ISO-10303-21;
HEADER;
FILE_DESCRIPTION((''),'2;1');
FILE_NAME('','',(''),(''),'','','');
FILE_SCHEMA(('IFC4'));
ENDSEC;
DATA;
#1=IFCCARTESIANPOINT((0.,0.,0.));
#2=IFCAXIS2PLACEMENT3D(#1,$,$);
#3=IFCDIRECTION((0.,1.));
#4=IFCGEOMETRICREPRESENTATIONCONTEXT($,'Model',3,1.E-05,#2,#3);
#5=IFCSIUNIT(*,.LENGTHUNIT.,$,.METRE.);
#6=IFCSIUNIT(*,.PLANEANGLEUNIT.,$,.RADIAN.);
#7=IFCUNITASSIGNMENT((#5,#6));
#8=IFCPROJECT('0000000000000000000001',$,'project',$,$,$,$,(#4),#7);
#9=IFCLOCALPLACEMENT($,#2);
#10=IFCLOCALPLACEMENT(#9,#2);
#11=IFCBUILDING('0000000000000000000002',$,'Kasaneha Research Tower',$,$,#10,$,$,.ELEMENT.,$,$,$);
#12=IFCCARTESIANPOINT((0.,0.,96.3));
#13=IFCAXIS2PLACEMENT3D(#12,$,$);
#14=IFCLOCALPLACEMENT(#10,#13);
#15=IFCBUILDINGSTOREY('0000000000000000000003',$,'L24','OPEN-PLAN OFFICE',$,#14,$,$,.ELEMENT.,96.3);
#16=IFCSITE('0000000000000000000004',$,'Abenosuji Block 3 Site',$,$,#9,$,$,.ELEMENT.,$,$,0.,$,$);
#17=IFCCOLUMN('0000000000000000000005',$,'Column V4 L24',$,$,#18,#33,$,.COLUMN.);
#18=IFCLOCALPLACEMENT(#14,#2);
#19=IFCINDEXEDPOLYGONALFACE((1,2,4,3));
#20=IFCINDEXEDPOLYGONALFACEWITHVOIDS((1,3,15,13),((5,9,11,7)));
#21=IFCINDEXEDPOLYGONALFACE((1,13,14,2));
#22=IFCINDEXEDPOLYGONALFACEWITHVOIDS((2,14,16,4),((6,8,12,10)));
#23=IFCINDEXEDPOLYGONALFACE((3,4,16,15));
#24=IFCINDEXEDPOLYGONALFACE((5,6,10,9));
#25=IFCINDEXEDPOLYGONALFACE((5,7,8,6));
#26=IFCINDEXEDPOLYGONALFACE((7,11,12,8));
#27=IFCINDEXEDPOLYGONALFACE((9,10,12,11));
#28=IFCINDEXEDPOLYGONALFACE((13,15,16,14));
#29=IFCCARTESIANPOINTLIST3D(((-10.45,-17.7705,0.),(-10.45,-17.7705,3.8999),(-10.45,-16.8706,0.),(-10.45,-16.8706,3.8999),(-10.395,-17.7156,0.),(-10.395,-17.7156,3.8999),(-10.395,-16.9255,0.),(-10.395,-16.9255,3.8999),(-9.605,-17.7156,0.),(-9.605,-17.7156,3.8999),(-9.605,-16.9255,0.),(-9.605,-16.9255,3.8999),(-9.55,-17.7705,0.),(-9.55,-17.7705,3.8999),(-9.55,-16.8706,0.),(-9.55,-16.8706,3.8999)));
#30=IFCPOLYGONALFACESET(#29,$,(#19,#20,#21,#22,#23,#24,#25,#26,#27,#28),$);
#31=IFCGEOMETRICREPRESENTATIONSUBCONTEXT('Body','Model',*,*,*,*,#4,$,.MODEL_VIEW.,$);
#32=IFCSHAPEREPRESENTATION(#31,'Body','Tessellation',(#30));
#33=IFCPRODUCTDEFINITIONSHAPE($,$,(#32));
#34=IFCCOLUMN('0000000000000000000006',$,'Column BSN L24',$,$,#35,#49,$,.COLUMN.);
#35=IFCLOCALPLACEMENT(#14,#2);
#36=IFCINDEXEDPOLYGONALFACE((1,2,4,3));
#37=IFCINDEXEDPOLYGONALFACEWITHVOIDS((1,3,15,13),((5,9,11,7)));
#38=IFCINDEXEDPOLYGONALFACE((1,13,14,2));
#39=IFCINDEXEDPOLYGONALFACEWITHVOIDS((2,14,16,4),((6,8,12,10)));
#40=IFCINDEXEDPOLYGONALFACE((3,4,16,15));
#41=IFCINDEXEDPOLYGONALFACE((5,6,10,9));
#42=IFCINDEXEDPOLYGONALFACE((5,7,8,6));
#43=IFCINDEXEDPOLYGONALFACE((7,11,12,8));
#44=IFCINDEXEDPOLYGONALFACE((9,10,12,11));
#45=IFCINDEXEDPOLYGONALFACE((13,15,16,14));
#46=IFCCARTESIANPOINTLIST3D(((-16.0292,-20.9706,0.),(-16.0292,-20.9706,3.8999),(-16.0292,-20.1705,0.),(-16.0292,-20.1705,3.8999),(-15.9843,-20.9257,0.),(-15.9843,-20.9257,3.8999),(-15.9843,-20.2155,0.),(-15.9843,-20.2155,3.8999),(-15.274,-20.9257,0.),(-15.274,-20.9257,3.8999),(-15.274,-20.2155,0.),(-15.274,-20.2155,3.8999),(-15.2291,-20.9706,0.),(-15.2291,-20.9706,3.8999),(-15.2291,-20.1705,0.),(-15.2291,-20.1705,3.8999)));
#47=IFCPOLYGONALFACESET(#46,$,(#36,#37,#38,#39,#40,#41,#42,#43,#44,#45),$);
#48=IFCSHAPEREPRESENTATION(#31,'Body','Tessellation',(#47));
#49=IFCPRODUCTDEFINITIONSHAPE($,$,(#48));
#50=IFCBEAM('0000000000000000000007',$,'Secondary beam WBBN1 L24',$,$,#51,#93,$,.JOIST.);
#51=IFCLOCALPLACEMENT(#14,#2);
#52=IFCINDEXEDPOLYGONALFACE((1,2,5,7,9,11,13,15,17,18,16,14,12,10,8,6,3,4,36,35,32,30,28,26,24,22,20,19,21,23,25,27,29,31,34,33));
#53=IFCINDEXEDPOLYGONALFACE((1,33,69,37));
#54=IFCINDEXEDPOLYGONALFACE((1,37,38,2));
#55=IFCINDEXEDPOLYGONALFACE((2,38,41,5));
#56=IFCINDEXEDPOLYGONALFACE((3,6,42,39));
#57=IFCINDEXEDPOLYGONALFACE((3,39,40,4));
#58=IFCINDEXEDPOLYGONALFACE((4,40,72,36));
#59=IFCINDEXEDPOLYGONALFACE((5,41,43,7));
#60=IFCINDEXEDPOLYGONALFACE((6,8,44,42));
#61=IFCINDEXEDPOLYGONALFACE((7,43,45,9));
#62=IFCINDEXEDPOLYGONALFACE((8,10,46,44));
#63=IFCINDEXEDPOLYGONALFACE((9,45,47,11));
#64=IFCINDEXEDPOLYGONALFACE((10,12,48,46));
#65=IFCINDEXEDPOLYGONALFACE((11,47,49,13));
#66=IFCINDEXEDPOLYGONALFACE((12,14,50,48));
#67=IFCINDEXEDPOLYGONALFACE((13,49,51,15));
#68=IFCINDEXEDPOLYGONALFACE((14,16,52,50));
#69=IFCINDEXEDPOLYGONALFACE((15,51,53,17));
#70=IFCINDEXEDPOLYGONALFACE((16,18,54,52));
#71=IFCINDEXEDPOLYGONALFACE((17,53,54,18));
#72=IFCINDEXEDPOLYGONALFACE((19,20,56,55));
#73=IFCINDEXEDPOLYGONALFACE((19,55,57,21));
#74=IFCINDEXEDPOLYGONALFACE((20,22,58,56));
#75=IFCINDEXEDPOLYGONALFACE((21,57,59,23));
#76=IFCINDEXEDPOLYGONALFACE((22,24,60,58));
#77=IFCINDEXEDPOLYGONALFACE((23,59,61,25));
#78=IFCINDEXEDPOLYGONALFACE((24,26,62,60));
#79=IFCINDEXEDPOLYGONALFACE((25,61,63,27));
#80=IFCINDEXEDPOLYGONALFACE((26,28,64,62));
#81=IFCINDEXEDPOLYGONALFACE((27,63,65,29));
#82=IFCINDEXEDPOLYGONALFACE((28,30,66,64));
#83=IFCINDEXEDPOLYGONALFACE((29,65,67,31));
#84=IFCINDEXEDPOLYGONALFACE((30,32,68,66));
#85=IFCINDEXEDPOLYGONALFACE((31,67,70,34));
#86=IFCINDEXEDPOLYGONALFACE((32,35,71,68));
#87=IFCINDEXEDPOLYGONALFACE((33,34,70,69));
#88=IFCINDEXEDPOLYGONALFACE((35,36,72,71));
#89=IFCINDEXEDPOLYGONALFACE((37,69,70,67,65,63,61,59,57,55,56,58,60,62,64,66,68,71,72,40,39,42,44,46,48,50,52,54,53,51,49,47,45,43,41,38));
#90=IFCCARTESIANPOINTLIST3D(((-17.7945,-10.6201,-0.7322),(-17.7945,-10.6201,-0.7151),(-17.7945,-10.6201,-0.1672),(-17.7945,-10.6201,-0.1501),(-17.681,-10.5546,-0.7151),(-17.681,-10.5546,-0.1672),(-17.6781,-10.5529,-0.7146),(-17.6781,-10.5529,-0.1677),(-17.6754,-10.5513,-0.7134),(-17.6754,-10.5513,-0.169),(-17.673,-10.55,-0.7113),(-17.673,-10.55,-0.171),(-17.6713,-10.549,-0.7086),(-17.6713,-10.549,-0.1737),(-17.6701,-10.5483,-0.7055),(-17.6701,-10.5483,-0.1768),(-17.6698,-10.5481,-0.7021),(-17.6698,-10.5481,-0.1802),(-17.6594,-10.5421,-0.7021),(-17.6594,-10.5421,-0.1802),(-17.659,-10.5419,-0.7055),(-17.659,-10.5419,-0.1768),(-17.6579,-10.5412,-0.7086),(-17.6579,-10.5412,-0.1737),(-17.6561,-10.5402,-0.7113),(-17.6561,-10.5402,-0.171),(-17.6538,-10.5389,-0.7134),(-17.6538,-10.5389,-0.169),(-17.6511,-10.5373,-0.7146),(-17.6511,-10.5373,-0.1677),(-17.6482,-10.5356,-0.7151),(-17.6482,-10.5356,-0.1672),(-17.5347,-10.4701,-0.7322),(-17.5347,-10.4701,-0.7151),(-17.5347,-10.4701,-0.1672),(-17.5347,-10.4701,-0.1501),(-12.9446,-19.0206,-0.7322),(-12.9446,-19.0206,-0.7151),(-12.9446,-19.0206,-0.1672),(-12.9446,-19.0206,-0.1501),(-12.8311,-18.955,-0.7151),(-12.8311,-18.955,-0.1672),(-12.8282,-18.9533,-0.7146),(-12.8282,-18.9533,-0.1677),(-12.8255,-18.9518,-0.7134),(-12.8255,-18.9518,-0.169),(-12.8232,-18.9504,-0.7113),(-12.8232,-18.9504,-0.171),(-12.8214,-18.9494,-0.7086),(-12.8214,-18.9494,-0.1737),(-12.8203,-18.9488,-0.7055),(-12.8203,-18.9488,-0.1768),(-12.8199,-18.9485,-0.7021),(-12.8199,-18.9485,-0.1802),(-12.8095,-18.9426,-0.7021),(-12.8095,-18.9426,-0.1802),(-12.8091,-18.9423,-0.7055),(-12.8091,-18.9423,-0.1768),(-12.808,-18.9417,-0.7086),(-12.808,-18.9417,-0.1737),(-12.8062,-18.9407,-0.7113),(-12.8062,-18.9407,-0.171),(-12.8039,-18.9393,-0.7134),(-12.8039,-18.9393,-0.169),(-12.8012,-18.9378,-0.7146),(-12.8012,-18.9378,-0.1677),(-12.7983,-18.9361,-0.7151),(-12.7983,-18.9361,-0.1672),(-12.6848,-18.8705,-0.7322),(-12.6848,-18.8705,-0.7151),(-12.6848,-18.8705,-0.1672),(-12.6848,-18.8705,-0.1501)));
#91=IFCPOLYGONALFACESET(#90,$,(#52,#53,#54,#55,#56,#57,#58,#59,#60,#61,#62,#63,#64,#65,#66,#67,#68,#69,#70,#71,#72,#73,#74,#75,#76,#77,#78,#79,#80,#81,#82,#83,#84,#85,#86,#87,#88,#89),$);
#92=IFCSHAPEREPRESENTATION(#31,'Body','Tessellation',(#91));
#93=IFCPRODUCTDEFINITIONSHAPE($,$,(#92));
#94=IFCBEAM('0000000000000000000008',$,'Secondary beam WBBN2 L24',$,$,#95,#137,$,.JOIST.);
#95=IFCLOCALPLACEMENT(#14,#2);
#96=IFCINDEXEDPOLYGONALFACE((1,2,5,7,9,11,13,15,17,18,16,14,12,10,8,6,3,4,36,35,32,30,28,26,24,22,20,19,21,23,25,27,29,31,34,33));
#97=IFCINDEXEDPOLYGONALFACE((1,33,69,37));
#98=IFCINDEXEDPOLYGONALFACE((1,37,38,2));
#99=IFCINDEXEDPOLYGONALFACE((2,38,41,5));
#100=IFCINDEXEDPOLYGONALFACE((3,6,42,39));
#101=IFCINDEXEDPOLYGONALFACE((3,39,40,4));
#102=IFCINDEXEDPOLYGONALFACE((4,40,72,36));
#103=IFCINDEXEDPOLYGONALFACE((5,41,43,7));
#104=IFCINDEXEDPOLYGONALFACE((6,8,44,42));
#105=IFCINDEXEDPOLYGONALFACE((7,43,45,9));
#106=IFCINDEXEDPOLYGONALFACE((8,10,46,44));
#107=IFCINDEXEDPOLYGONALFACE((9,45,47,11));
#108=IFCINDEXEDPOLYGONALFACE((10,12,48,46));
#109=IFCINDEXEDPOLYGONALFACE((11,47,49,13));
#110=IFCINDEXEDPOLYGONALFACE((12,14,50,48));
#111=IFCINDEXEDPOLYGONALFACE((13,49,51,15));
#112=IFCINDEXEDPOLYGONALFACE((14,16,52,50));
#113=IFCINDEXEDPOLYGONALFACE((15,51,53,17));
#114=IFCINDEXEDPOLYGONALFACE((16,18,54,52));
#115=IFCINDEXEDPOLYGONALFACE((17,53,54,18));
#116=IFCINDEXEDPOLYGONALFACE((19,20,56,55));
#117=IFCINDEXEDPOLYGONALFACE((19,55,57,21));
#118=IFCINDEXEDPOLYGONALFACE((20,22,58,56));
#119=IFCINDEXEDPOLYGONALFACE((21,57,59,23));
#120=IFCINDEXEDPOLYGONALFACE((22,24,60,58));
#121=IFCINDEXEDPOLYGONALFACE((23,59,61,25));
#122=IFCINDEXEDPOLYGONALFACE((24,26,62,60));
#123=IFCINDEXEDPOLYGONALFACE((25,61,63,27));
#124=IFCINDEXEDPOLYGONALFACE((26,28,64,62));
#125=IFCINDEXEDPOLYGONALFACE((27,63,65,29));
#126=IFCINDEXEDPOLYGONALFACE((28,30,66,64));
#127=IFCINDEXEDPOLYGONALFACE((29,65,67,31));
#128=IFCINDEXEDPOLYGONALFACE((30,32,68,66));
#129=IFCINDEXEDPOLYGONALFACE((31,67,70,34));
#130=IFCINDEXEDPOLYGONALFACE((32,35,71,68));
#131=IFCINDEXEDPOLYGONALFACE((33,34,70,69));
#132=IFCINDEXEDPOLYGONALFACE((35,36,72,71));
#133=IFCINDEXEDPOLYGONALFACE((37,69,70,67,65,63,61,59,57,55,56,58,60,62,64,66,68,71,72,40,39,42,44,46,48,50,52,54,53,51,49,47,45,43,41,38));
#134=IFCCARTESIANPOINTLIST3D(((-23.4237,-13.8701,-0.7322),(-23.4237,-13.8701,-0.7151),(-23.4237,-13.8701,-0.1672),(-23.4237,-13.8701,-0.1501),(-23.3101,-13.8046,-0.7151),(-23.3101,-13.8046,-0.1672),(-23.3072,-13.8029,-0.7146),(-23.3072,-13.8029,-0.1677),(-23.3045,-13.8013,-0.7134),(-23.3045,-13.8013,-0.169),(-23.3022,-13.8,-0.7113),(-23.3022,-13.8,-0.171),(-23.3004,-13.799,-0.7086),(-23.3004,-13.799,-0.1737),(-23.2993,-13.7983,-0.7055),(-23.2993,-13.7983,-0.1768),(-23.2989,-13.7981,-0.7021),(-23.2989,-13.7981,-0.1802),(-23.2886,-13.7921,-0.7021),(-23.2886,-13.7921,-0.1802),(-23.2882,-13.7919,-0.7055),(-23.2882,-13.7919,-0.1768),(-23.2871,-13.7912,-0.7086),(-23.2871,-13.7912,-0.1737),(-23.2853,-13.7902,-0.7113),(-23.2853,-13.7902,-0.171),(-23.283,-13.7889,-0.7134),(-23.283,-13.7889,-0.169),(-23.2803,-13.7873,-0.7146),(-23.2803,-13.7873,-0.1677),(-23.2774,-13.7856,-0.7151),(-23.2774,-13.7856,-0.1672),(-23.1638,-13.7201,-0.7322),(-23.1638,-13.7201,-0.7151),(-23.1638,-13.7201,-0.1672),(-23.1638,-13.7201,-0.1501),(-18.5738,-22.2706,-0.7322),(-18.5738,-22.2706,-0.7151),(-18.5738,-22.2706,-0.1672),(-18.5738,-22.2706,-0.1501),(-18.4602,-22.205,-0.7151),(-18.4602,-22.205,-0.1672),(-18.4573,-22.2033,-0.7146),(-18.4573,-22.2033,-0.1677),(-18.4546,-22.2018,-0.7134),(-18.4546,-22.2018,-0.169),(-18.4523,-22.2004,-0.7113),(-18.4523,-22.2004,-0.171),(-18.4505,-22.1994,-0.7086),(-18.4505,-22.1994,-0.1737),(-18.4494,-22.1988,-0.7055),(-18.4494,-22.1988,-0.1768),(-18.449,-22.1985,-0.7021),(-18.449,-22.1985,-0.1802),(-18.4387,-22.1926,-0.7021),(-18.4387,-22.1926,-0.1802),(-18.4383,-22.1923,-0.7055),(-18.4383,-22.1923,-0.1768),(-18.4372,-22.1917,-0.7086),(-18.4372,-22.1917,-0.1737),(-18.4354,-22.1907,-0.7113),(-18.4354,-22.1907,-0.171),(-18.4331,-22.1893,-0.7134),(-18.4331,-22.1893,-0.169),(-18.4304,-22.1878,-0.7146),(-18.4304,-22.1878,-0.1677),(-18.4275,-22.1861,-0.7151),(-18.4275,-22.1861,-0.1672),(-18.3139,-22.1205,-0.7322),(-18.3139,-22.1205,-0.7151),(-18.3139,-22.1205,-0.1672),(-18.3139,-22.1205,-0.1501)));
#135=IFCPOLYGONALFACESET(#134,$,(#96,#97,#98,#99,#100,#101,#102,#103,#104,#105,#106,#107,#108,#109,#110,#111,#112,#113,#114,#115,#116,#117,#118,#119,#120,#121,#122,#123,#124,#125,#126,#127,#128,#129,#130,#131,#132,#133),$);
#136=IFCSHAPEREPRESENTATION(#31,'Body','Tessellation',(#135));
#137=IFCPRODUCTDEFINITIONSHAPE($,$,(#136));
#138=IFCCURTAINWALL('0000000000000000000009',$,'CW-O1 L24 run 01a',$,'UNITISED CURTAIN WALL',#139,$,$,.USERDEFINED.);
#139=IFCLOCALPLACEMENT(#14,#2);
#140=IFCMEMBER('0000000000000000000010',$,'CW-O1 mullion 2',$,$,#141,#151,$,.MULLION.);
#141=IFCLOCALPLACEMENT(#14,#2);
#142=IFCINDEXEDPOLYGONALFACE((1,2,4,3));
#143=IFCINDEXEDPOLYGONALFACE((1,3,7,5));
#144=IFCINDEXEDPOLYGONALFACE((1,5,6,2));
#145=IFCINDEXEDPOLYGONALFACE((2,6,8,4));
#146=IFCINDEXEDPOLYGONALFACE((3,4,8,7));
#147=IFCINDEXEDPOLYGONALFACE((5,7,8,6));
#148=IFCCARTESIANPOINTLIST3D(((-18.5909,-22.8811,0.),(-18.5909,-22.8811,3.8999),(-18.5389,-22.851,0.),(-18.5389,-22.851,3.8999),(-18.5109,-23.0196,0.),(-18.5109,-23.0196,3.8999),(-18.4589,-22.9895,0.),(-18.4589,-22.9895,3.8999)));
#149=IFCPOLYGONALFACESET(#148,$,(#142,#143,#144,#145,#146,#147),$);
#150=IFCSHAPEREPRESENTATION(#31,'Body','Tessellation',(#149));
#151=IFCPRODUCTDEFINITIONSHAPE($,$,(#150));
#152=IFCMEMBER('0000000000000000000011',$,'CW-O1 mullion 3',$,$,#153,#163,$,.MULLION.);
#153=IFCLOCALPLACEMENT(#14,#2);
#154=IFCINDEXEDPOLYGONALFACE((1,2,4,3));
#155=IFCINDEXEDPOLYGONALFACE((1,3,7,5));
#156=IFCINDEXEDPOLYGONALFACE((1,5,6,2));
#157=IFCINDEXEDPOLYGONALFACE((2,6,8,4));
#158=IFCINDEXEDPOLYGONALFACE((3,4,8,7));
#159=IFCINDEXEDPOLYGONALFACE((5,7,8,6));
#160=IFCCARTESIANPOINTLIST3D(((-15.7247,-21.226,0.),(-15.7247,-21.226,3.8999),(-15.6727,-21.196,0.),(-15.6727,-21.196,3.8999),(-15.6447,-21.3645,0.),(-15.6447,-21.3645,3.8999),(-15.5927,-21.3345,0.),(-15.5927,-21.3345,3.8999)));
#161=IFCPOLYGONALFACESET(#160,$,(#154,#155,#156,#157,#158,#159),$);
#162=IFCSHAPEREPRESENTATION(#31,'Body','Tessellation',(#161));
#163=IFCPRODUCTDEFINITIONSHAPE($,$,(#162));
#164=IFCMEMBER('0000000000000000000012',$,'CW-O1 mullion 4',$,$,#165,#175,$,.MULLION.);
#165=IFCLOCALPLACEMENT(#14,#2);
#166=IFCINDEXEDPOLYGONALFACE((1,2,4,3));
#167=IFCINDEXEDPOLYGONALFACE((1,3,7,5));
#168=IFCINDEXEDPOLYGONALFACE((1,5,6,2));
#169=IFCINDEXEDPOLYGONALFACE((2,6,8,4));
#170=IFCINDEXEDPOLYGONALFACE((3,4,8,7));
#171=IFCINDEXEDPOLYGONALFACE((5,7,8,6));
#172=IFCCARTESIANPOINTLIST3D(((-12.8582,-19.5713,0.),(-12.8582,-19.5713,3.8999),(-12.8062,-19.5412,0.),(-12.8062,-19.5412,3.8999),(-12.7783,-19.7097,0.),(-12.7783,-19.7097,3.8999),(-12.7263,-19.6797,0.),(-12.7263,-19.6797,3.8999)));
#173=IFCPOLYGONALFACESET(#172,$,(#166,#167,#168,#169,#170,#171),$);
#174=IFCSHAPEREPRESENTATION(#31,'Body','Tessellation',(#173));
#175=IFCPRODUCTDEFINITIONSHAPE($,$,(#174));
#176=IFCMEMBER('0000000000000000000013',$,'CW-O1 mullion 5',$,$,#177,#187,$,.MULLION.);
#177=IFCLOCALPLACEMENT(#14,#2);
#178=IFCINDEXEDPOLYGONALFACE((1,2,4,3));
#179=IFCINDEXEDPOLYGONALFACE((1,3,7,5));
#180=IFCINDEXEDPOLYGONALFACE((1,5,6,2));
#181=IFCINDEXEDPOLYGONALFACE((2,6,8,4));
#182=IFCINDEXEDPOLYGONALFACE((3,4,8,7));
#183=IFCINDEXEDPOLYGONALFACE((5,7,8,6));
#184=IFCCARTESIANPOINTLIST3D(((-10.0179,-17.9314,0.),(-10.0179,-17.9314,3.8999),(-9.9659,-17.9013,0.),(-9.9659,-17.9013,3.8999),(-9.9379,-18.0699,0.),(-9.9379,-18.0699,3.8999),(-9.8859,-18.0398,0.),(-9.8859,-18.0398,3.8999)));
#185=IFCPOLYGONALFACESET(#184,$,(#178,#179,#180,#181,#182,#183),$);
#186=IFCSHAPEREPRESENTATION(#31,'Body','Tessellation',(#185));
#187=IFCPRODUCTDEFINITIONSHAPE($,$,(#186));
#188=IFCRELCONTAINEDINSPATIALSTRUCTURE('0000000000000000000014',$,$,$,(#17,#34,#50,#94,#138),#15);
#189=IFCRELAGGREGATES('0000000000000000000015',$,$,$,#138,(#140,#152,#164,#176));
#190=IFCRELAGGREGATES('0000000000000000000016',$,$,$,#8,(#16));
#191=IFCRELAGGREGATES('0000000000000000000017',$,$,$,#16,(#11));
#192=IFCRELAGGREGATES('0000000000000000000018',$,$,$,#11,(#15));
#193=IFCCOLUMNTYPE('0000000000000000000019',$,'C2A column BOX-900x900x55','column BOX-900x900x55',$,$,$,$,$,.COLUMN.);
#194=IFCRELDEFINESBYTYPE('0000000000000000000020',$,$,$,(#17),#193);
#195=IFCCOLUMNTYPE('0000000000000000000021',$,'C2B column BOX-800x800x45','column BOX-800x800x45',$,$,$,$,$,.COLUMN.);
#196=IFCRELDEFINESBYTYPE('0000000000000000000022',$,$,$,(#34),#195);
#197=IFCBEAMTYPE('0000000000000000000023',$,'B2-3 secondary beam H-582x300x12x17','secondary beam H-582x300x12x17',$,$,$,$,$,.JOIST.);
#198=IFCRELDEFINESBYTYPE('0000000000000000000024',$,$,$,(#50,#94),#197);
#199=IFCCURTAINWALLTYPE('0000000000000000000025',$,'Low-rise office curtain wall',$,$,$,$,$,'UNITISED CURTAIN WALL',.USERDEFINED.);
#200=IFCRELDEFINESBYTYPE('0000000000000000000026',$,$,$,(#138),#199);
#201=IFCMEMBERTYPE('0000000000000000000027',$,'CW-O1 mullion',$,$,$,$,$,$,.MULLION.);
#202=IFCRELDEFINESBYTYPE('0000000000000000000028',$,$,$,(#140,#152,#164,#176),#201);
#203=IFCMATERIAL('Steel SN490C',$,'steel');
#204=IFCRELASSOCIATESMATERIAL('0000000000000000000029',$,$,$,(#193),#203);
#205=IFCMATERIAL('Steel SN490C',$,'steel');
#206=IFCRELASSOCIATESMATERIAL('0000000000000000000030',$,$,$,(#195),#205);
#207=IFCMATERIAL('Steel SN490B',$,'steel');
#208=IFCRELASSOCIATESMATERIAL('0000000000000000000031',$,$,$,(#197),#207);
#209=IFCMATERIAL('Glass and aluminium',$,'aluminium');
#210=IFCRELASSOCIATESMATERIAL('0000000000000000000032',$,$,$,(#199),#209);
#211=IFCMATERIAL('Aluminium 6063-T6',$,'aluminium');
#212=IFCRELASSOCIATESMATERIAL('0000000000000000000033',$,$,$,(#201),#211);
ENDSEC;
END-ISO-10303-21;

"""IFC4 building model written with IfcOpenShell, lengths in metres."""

from ifc_helpers import new_model, si_unit, direction, frame, origin, origin_2d, place, context, subcontext, project, spatial, rectangle, hollow_rectangle, i_section, extrude, material, material_profile, profile_set, type_object, element, aggregate, save


model = new_model("IFC4")

# Units and contexts
model_context = context("Model", 3, precision=1e-05, world=origin(), true_north=direction((0.0, 1.0)))
body_context = subcontext(model_context, "Body", "Model", "MODEL_VIEW")
ifc_project = project(units=[si_unit("LENGTHUNIT", "METRE"), si_unit("PLANEANGLEUNIT", "RADIAN")], contexts=[model_context])

# Site, building, storey
site_placement = place(None, origin())
site = spatial("IfcSite", under=ifc_project, at=site_placement, Name="Abenosuji Block 3 Site", CompositionType="ELEMENT", RefElevation=0.0)
building_placement = place(site_placement, origin())
building = spatial("IfcBuilding", under=site, at=building_placement, Name="Kasaneha Research Tower", CompositionType="ELEMENT")
storey_placement = place(building_placement, frame((0.0, 0.0, 96.3)))
storey = spatial("IfcBuildingStorey", under=building, at=storey_placement, Name="L24", Description="OPEN-PLAN OFFICE", CompositionType="ELEMENT", Elevation=96.3)

# Columns
ifc_material_1 = material(Name="Steel SN490C", Category="steel")
ifc_material_profile_1 = material_profile(ifc_material_1, hollow_rectangle(XDim=0.8999, YDim=0.8999, WallThickness=0.0549, at=origin_2d()), Name="BOX-900x900x55")
ifc_profile_set_1 = profile_set([ifc_material_profile_1], Name="Steel SN490C")
column_type_1 = type_object("IfcColumnType", Name="C2A column BOX-900x900x55", Description="column BOX-900x900x55", PredefinedType="COLUMN", material=ifc_profile_set_1)
column_1_placement = place(storey_placement, frame((-10.0, -17.3206, 0.0), z_axis=(0.0, 0.0, 1.0), x_axis=(1.0, 0.0, 0.0)))
element("IfcColumn", 1, at=column_1_placement, inside=storey, type_object=column_type_1, Name="Column V4 L24", PredefinedType="COLUMN", context=body_context, shape_type="SweptSolid", body=[
    extrude(hollow_rectangle(XDim=0.8999, YDim=0.8999, WallThickness=0.0549, at=origin_2d()), origin(), (0.0, 0.0, 1.0), 3.8999),
])
ifc_material_2 = material(Name="Steel SN490C", Category="steel")
ifc_material_profile_2 = material_profile(ifc_material_2, hollow_rectangle(XDim=0.8, YDim=0.8, WallThickness=0.0449, at=origin_2d()), Name="BOX-800x800x45")
ifc_profile_set_2 = profile_set([ifc_material_profile_2], Name="Steel SN490C")
column_type_2 = type_object("IfcColumnType", Name="C2B column BOX-800x800x45", Description="column BOX-800x800x45", PredefinedType="COLUMN", material=ifc_profile_set_2)
column_2_placement = place(storey_placement, frame((-15.6292, -20.5706, 0.0), z_axis=(0.0, 0.0, 1.0), x_axis=(1.0, 0.0, 0.0)))
element("IfcColumn", 2, at=column_2_placement, inside=storey, type_object=column_type_2, Name="Column BSN L24", PredefinedType="COLUMN", context=body_context, shape_type="SweptSolid", body=[
    extrude(hollow_rectangle(XDim=0.8, YDim=0.8, WallThickness=0.0449, at=origin_2d()), origin(), (0.0, 0.0, 1.0), 3.8999),
])

# Beams
ifc_material_3 = material(Name="Steel SN490B", Category="steel")
ifc_material_profile_3 = material_profile(ifc_material_3, i_section(OverallWidth=0.3, OverallDepth=0.582, WebThickness=0.012, FlangeThickness=0.0171, FilletRadius=0.0129, at=origin_2d()), Name="H-582x300x12x17")
ifc_profile_set_3 = profile_set([ifc_material_profile_3], Name="Steel SN490B")
beam_type_1 = type_object("IfcBeamType", Name="B2-3 secondary beam H-582x300x12x17", Description="secondary beam H-582x300x12x17", PredefinedType="JOIST", material=ifc_profile_set_3)
for number, where, z_axis, x_axis, name in (
    (3, (-12.8147, -18.9456, -0.4412), (-0.499991, 0.866031, 0.0), (-0.866031, -0.499991, 0.0), "Secondary beam WBBN1 L24"),
    (4, (-18.4438, -22.1956, -0.4412), (-0.499991, 0.866031, 0.0), (-0.866031, -0.499991, 0.0), "Secondary beam WBBN2 L24"),
):
    element("IfcBeam", number, at=place(storey_placement, frame(where, z_axis=z_axis, x_axis=x_axis)), inside=storey, type_object=beam_type_1, Name=name, PredefinedType="JOIST", context=body_context, shape_type="SweptSolid", body=[
        extrude(i_section(OverallWidth=0.3, OverallDepth=0.582, WebThickness=0.012, FlangeThickness=0.0171, FilletRadius=0.0129, at=origin_2d()), origin(), (0.0, 0.0, 1.0), 9.7),
    ])

# Curtain wall, members
ifc_material_4 = material(Name="Glass and aluminium", Category="aluminium")
curtain_wall_type = type_object("IfcCurtainWallType", Name="Low-rise office curtain wall", ElementType="UNITISED CURTAIN WALL", PredefinedType="USERDEFINED", material=ifc_material_4)
curtain_wall_1_placement = place(storey_placement, origin())
curtain_wall_1 = element("IfcCurtainWall", 5, at=curtain_wall_1_placement, inside=storey, type_object=curtain_wall_type, Name="CW-O1 L24 run 01a", ObjectType="UNITISED CURTAIN WALL", PredefinedType="USERDEFINED")
ifc_material_5 = material(Name="Aluminium 6063-T6", Category="aluminium")
ifc_material_profile_4 = material_profile(ifc_material_5, rectangle(XDim=0.0601, YDim=0.1599, at=origin_2d()), Name="CW-O1 mullion 60x160")
ifc_profile_set_4 = profile_set([ifc_material_profile_4], Name="Aluminium 6063-T6")
member_type_1 = type_object("IfcMemberType", Name="CW-O1 mullion", PredefinedType="MULLION", material=ifc_profile_set_4)
member_1_placement = place(storey_placement, frame((-18.5249, -22.9353, 0.0), z_axis=(0.0, 0.0, 1.0), x_axis=(0.866025, 0.5, 0.0)))
member_1 = element("IfcMember", 6, at=member_1_placement, type_object=member_type_1, Name="CW-O1 mullion 2", PredefinedType="MULLION", context=body_context, shape_type="SweptSolid", body=[
    extrude(rectangle(XDim=0.0601, YDim=0.1599, at=origin_2d()), origin(), (0.0, 0.0, 1.0), 3.8999),
])
member_2_placement = place(storey_placement, frame((-15.6587, -21.2803, 0.0), z_axis=(0.0, 0.0, 1.0), x_axis=(0.866025, 0.5, 0.0)))
member_2 = element("IfcMember", 7, at=member_2_placement, type_object=member_type_1, Name="CW-O1 mullion 3", PredefinedType="MULLION", context=body_context, shape_type="SweptSolid", body=[
    extrude(rectangle(XDim=0.0601, YDim=0.1599, at=origin_2d()), origin(), (0.0, 0.0, 1.0), 3.8999),
])
member_3_placement = place(storey_placement, frame((-12.7922, -19.6255, 0.0), z_axis=(0.0, 0.0, 1.0), x_axis=(0.866025, 0.5, 0.0)))
member_3 = element("IfcMember", 8, at=member_3_placement, type_object=member_type_1, Name="CW-O1 mullion 4", PredefinedType="MULLION", context=body_context, shape_type="SweptSolid", body=[
    extrude(rectangle(XDim=0.0601, YDim=0.1599, at=origin_2d()), origin(), (0.0, 0.0, 1.0), 3.8999),
])
member_4_placement = place(storey_placement, frame((-9.9519, -17.9856, 0.0), z_axis=(0.0, 0.0, 1.0), x_axis=(0.866025, 0.5, 0.0)))
member_4 = element("IfcMember", 9, at=member_4_placement, type_object=member_type_1, Name="CW-O1 mullion 5", PredefinedType="MULLION", context=body_context, shape_type="SweptSolid", body=[
    extrude(rectangle(XDim=0.0601, YDim=0.1599, at=origin_2d()), origin(), (0.0, 0.0, 1.0), 3.8999),
])

aggregate(curtain_wall_1, [member_1, member_2, member_3, member_4])

save(model, "model.ifc")
